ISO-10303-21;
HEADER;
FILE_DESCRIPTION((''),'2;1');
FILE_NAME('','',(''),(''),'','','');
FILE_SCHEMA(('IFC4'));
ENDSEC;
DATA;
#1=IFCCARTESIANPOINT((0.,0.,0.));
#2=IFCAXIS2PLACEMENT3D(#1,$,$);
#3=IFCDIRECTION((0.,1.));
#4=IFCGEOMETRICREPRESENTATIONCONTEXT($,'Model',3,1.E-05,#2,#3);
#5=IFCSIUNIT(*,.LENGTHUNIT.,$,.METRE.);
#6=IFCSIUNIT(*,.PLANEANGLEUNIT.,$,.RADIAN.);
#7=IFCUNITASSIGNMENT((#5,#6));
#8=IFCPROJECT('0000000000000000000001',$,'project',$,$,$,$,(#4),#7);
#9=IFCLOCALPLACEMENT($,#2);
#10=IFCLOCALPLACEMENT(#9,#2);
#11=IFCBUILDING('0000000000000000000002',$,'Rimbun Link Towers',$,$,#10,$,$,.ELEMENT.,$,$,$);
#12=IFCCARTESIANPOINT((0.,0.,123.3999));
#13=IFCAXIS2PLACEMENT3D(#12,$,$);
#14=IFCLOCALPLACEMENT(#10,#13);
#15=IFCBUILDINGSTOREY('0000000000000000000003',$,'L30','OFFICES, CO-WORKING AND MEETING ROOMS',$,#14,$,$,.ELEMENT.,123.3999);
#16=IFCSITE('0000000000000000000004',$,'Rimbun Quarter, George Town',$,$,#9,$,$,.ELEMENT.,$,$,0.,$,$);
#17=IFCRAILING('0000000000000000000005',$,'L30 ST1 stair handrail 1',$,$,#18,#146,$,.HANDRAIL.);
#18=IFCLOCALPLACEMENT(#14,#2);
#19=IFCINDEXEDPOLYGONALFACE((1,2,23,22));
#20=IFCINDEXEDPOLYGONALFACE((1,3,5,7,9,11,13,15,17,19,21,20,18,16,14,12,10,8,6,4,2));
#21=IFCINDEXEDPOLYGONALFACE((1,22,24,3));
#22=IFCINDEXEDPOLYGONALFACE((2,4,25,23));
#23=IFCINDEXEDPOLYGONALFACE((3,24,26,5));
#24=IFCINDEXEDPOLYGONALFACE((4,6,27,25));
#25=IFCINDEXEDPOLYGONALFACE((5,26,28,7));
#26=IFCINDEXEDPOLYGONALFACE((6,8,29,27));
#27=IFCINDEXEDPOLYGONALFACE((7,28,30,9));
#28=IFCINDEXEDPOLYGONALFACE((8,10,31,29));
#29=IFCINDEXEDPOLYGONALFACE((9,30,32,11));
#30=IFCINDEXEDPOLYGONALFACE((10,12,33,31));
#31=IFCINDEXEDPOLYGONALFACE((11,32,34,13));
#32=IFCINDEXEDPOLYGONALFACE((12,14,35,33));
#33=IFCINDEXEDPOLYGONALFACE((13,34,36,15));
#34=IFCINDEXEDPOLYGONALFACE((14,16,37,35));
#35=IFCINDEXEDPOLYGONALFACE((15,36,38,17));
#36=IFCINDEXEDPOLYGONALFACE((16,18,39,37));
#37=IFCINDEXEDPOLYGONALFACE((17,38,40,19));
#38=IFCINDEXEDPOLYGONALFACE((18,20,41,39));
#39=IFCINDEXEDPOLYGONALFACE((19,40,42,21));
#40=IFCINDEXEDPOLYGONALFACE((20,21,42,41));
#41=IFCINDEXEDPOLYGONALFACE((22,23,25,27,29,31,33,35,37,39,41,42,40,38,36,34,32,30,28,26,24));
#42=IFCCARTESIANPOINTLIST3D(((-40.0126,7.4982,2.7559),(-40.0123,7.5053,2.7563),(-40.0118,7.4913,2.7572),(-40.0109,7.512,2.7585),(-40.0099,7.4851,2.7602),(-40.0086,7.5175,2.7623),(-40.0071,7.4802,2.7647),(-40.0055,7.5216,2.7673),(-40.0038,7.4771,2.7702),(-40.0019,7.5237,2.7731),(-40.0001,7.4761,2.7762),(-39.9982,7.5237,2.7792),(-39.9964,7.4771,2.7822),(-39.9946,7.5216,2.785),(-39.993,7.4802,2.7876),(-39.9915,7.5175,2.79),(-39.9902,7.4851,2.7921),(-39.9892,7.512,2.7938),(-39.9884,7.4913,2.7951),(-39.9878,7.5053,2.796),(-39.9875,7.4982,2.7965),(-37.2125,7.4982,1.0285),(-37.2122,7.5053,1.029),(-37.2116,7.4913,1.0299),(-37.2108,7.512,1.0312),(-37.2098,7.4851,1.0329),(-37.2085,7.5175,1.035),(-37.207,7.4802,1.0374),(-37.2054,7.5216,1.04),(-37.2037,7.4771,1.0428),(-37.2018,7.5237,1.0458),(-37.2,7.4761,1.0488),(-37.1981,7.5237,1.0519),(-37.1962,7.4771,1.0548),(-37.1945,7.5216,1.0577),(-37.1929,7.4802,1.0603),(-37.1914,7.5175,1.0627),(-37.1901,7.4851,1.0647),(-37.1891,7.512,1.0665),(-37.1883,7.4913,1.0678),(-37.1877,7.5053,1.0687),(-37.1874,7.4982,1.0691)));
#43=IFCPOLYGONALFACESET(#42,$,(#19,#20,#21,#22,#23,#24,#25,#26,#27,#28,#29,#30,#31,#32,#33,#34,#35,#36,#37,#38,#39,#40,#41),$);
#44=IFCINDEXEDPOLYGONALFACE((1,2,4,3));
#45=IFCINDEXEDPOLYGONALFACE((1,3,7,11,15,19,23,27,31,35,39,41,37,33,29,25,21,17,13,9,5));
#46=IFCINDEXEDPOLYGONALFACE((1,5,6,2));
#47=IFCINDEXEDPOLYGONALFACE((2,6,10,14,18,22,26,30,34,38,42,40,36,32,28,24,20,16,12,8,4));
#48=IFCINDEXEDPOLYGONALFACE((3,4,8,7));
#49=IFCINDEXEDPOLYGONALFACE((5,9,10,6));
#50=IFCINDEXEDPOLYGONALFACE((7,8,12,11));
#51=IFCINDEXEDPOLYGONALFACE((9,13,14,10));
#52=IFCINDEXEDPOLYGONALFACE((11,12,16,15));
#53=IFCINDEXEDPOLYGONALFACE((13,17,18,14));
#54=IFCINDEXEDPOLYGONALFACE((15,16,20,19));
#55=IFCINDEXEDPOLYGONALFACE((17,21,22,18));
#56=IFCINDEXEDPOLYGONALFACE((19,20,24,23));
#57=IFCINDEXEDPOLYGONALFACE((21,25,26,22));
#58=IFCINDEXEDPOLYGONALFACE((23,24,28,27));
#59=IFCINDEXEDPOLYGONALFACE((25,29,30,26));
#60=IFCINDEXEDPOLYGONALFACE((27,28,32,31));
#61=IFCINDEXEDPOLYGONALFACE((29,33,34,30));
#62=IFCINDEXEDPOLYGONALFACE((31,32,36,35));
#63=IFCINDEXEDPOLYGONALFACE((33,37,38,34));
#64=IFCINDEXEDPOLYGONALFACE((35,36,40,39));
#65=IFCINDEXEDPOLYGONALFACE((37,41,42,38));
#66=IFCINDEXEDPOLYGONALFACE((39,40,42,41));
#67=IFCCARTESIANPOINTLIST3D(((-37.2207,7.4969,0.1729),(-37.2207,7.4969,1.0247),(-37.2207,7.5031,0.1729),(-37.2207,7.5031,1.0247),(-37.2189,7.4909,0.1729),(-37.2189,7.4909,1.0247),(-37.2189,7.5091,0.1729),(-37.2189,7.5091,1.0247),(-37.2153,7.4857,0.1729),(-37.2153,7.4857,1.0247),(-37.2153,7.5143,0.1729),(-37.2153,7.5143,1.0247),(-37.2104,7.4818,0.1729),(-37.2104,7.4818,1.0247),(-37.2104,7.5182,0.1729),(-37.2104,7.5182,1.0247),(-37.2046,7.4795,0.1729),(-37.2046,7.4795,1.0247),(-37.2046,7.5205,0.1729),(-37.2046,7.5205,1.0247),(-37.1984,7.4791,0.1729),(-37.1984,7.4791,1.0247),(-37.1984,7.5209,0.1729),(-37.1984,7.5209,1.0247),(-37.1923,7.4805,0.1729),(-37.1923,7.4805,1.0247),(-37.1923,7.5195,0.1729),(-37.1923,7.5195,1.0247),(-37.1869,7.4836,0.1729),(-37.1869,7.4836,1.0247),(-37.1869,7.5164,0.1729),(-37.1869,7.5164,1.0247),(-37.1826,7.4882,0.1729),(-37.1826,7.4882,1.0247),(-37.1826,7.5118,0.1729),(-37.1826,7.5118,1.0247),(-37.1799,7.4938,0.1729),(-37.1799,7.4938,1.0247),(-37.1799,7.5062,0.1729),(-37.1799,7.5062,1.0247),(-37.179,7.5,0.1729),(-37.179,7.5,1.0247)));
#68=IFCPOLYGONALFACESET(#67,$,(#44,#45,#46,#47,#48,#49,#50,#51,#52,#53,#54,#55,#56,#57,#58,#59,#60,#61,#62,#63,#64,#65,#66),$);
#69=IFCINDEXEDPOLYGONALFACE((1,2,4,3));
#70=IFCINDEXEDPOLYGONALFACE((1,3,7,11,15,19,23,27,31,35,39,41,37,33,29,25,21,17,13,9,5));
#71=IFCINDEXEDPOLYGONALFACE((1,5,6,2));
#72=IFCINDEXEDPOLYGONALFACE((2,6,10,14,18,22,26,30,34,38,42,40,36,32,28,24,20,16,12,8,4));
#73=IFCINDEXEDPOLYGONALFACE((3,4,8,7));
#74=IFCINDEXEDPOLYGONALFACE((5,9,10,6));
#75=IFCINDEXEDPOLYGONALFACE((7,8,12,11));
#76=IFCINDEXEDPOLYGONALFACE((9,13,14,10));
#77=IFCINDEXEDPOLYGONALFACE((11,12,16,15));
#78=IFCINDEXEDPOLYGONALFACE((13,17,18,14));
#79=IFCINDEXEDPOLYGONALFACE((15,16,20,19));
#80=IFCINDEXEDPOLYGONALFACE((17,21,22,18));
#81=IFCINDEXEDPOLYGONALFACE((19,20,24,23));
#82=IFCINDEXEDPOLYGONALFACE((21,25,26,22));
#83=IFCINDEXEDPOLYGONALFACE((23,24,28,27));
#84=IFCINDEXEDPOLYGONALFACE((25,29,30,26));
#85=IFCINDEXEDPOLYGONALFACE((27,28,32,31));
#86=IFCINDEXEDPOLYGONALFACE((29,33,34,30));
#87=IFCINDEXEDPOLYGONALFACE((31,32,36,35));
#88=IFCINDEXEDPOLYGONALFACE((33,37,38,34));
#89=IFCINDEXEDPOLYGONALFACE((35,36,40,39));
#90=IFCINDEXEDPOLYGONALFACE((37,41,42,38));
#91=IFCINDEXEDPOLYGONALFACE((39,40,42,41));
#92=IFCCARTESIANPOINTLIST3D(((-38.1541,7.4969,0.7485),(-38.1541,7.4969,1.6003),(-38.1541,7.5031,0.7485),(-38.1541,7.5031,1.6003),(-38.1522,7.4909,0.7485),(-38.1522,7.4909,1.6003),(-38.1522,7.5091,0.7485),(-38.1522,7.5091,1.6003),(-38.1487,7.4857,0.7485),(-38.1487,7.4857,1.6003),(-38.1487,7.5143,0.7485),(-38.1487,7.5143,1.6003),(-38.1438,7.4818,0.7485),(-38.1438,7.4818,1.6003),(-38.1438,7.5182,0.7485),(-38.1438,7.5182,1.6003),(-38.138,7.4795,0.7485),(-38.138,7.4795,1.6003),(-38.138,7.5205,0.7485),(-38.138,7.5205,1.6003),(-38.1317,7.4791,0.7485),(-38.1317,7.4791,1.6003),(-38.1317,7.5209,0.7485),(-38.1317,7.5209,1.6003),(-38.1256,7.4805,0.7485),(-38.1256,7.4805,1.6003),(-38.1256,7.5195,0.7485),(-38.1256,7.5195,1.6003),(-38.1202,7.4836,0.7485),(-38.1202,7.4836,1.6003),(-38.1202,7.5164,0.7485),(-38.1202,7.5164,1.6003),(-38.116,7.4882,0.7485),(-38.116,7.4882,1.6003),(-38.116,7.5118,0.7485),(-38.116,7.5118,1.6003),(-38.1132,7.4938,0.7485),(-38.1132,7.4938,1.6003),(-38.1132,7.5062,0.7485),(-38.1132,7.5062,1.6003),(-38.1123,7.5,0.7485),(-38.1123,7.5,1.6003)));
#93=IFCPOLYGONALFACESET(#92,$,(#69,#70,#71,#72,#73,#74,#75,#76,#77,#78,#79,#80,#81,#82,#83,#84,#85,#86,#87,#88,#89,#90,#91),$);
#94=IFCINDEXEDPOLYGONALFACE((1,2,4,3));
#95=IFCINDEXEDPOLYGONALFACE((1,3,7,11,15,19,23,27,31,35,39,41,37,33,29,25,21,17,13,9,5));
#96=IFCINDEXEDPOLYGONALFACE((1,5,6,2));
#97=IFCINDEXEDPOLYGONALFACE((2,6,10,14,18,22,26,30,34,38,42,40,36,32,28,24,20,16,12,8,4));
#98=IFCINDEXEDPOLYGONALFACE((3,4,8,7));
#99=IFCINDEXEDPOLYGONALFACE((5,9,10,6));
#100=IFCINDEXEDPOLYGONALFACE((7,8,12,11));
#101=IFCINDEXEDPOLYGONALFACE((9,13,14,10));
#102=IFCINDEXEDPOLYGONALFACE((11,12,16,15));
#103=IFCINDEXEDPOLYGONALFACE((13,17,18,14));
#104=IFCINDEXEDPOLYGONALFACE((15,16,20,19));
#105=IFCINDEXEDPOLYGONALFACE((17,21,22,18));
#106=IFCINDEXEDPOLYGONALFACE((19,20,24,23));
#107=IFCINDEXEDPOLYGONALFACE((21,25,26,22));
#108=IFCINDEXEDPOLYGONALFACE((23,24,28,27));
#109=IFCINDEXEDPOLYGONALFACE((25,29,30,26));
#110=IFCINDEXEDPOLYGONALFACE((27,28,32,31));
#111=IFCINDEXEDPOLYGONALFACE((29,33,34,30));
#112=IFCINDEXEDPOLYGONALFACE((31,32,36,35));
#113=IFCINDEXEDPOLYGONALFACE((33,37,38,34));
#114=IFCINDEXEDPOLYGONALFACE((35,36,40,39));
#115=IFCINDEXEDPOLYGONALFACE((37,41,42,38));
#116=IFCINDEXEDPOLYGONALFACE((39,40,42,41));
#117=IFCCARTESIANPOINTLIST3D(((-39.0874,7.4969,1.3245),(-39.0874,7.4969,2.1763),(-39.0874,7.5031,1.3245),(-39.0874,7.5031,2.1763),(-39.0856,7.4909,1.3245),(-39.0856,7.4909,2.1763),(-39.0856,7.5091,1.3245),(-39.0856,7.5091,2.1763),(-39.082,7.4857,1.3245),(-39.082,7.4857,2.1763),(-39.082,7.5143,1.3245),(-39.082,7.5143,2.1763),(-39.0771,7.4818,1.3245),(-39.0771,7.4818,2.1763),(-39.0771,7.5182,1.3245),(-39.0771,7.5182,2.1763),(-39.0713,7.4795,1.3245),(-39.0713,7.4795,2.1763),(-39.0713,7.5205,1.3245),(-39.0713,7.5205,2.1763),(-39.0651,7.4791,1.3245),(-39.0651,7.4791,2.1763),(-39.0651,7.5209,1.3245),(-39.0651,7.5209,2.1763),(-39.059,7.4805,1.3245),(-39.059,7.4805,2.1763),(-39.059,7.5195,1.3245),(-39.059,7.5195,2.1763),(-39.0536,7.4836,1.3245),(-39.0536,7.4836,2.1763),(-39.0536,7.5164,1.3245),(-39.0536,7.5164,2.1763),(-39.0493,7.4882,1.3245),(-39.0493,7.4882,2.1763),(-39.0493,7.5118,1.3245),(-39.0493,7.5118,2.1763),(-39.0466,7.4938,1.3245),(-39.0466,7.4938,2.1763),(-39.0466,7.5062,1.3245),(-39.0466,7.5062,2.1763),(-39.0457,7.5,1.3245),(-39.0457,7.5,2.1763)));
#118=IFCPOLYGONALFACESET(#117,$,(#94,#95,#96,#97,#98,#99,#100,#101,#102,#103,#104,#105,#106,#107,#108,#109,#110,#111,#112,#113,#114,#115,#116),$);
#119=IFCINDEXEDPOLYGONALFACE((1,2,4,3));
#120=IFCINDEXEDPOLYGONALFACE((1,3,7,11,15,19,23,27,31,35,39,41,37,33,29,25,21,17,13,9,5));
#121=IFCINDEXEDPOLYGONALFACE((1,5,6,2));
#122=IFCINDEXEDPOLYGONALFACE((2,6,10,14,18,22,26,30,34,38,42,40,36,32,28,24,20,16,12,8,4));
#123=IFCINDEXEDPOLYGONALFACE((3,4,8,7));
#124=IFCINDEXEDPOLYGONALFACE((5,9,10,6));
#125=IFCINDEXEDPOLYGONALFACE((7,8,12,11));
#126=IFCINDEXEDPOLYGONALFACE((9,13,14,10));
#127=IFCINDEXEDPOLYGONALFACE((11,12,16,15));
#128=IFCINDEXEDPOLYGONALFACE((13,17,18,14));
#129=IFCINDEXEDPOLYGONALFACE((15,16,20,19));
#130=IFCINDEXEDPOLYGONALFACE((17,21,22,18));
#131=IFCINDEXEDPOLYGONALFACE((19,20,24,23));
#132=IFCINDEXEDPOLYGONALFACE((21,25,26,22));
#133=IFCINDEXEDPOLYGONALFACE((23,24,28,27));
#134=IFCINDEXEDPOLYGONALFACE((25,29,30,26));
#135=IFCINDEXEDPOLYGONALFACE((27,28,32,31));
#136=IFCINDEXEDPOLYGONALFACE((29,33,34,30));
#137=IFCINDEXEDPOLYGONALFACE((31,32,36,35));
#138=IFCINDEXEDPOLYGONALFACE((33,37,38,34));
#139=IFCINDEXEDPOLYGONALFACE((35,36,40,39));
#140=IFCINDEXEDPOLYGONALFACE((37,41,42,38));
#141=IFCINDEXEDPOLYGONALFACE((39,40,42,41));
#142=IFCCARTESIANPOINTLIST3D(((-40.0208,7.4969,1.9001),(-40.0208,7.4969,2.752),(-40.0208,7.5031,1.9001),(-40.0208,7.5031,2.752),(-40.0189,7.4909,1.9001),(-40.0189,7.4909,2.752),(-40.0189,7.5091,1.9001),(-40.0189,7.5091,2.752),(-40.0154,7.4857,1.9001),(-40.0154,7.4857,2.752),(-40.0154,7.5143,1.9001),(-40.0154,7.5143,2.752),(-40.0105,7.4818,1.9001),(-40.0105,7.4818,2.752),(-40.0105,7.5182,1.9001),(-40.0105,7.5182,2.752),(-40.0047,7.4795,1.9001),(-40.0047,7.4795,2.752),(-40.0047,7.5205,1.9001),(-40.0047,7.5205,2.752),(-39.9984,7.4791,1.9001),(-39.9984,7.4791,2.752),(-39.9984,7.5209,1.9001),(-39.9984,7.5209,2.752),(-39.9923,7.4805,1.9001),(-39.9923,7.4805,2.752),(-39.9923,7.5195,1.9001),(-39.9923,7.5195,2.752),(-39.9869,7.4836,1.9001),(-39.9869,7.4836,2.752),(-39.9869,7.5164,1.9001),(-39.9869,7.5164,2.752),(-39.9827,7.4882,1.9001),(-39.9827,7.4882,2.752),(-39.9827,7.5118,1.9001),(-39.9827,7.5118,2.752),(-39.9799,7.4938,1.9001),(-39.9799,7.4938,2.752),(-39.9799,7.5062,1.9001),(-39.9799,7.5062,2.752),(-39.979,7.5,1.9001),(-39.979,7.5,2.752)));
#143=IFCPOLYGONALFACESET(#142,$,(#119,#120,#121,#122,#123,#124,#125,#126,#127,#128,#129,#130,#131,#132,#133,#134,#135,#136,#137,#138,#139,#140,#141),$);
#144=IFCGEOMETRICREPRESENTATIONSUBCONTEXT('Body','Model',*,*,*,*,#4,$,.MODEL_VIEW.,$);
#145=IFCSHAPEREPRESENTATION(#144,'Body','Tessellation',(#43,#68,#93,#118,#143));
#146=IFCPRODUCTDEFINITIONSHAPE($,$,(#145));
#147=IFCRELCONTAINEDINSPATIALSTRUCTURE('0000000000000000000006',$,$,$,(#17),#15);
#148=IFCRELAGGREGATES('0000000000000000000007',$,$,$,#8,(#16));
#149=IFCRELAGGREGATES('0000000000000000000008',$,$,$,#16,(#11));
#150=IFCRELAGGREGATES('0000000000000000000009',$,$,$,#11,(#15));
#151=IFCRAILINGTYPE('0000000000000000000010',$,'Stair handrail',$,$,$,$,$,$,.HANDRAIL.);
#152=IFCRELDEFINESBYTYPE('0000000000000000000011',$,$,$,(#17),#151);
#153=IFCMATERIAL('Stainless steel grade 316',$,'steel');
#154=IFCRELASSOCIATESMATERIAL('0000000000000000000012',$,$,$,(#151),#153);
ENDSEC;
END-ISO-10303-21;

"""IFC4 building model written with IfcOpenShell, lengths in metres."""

from ifc_helpers import new_model, si_unit, direction, frame, origin, origin_2d, place, context, subcontext, project, spatial, circle, extrude, material, type_object, element, save


model = new_model("IFC4")

# Units and contexts
model_context = context("Model", 3, precision=1e-05, world=origin(), true_north=direction((0.0, 1.0)))
body_context = subcontext(model_context, "Body", "Model", "MODEL_VIEW")
ifc_project = project(units=[si_unit("LENGTHUNIT", "METRE"), si_unit("PLANEANGLEUNIT", "RADIAN")], contexts=[model_context])

# Site, building, storey
site_placement = place(None, origin())
site = spatial("IfcSite", under=ifc_project, at=site_placement, Name="Rimbun Quarter, George Town", CompositionType="ELEMENT", RefElevation=0.0)
building_placement = place(site_placement, origin())
building = spatial("IfcBuilding", under=site, at=building_placement, Name="Rimbun Link Towers", CompositionType="ELEMENT")
storey_placement = place(building_placement, frame((0.0, 0.0, 123.3999)))
storey = spatial("IfcBuildingStorey", under=building, at=storey_placement, Name="L30", Description="OFFICES, CO-WORKING AND MEETING ROOMS", CompositionType="ELEMENT", Elevation=123.3999)

# Railing
ifc_material_1 = material(Name="Stainless steel grade 316", Category="steel")
railing_type_1 = type_object("IfcRailingType", Name="Stair handrail", PredefinedType="HANDRAIL", material=ifc_material_1)
railing_1_placement = place(storey_placement, frame((-37.2, 7.5, 0.1729)))
element("IfcRailing", 1, at=railing_1_placement, inside=storey, type_object=railing_type_1, Name="L30 ST1 stair handrail 1", PredefinedType="HANDRAIL", context=body_context, shape_type="SweptSolid", body=[
    extrude(circle(Radius=0.0239, at=origin_2d()), frame((0.0, 0.0, 0.876), z_axis=(-0.85109, 0.0, 0.52502), x_axis=(0.0, -1.0, 0.0)), (0.0, 0.0, 1.0), 3.29),
    extrude(circle(Radius=0.021, at=origin_2d()), origin(), (0.0, 0.0, 1.0), 0.8518),
    extrude(circle(Radius=0.021, at=origin_2d()), frame((-0.9333, 0.0, 0.5757)), (0.0, 0.0, 1.0), 0.8518),
    extrude(circle(Radius=0.021, at=origin_2d()), frame((-1.8667, 0.0, 1.1516)), (0.0, 0.0, 1.0), 0.8518),
    extrude(circle(Radius=0.021, at=origin_2d()), frame((-2.8, 0.0, 1.7273)), (0.0, 0.0, 1.0), 0.8518),
])

save(model, "model.ifc")
